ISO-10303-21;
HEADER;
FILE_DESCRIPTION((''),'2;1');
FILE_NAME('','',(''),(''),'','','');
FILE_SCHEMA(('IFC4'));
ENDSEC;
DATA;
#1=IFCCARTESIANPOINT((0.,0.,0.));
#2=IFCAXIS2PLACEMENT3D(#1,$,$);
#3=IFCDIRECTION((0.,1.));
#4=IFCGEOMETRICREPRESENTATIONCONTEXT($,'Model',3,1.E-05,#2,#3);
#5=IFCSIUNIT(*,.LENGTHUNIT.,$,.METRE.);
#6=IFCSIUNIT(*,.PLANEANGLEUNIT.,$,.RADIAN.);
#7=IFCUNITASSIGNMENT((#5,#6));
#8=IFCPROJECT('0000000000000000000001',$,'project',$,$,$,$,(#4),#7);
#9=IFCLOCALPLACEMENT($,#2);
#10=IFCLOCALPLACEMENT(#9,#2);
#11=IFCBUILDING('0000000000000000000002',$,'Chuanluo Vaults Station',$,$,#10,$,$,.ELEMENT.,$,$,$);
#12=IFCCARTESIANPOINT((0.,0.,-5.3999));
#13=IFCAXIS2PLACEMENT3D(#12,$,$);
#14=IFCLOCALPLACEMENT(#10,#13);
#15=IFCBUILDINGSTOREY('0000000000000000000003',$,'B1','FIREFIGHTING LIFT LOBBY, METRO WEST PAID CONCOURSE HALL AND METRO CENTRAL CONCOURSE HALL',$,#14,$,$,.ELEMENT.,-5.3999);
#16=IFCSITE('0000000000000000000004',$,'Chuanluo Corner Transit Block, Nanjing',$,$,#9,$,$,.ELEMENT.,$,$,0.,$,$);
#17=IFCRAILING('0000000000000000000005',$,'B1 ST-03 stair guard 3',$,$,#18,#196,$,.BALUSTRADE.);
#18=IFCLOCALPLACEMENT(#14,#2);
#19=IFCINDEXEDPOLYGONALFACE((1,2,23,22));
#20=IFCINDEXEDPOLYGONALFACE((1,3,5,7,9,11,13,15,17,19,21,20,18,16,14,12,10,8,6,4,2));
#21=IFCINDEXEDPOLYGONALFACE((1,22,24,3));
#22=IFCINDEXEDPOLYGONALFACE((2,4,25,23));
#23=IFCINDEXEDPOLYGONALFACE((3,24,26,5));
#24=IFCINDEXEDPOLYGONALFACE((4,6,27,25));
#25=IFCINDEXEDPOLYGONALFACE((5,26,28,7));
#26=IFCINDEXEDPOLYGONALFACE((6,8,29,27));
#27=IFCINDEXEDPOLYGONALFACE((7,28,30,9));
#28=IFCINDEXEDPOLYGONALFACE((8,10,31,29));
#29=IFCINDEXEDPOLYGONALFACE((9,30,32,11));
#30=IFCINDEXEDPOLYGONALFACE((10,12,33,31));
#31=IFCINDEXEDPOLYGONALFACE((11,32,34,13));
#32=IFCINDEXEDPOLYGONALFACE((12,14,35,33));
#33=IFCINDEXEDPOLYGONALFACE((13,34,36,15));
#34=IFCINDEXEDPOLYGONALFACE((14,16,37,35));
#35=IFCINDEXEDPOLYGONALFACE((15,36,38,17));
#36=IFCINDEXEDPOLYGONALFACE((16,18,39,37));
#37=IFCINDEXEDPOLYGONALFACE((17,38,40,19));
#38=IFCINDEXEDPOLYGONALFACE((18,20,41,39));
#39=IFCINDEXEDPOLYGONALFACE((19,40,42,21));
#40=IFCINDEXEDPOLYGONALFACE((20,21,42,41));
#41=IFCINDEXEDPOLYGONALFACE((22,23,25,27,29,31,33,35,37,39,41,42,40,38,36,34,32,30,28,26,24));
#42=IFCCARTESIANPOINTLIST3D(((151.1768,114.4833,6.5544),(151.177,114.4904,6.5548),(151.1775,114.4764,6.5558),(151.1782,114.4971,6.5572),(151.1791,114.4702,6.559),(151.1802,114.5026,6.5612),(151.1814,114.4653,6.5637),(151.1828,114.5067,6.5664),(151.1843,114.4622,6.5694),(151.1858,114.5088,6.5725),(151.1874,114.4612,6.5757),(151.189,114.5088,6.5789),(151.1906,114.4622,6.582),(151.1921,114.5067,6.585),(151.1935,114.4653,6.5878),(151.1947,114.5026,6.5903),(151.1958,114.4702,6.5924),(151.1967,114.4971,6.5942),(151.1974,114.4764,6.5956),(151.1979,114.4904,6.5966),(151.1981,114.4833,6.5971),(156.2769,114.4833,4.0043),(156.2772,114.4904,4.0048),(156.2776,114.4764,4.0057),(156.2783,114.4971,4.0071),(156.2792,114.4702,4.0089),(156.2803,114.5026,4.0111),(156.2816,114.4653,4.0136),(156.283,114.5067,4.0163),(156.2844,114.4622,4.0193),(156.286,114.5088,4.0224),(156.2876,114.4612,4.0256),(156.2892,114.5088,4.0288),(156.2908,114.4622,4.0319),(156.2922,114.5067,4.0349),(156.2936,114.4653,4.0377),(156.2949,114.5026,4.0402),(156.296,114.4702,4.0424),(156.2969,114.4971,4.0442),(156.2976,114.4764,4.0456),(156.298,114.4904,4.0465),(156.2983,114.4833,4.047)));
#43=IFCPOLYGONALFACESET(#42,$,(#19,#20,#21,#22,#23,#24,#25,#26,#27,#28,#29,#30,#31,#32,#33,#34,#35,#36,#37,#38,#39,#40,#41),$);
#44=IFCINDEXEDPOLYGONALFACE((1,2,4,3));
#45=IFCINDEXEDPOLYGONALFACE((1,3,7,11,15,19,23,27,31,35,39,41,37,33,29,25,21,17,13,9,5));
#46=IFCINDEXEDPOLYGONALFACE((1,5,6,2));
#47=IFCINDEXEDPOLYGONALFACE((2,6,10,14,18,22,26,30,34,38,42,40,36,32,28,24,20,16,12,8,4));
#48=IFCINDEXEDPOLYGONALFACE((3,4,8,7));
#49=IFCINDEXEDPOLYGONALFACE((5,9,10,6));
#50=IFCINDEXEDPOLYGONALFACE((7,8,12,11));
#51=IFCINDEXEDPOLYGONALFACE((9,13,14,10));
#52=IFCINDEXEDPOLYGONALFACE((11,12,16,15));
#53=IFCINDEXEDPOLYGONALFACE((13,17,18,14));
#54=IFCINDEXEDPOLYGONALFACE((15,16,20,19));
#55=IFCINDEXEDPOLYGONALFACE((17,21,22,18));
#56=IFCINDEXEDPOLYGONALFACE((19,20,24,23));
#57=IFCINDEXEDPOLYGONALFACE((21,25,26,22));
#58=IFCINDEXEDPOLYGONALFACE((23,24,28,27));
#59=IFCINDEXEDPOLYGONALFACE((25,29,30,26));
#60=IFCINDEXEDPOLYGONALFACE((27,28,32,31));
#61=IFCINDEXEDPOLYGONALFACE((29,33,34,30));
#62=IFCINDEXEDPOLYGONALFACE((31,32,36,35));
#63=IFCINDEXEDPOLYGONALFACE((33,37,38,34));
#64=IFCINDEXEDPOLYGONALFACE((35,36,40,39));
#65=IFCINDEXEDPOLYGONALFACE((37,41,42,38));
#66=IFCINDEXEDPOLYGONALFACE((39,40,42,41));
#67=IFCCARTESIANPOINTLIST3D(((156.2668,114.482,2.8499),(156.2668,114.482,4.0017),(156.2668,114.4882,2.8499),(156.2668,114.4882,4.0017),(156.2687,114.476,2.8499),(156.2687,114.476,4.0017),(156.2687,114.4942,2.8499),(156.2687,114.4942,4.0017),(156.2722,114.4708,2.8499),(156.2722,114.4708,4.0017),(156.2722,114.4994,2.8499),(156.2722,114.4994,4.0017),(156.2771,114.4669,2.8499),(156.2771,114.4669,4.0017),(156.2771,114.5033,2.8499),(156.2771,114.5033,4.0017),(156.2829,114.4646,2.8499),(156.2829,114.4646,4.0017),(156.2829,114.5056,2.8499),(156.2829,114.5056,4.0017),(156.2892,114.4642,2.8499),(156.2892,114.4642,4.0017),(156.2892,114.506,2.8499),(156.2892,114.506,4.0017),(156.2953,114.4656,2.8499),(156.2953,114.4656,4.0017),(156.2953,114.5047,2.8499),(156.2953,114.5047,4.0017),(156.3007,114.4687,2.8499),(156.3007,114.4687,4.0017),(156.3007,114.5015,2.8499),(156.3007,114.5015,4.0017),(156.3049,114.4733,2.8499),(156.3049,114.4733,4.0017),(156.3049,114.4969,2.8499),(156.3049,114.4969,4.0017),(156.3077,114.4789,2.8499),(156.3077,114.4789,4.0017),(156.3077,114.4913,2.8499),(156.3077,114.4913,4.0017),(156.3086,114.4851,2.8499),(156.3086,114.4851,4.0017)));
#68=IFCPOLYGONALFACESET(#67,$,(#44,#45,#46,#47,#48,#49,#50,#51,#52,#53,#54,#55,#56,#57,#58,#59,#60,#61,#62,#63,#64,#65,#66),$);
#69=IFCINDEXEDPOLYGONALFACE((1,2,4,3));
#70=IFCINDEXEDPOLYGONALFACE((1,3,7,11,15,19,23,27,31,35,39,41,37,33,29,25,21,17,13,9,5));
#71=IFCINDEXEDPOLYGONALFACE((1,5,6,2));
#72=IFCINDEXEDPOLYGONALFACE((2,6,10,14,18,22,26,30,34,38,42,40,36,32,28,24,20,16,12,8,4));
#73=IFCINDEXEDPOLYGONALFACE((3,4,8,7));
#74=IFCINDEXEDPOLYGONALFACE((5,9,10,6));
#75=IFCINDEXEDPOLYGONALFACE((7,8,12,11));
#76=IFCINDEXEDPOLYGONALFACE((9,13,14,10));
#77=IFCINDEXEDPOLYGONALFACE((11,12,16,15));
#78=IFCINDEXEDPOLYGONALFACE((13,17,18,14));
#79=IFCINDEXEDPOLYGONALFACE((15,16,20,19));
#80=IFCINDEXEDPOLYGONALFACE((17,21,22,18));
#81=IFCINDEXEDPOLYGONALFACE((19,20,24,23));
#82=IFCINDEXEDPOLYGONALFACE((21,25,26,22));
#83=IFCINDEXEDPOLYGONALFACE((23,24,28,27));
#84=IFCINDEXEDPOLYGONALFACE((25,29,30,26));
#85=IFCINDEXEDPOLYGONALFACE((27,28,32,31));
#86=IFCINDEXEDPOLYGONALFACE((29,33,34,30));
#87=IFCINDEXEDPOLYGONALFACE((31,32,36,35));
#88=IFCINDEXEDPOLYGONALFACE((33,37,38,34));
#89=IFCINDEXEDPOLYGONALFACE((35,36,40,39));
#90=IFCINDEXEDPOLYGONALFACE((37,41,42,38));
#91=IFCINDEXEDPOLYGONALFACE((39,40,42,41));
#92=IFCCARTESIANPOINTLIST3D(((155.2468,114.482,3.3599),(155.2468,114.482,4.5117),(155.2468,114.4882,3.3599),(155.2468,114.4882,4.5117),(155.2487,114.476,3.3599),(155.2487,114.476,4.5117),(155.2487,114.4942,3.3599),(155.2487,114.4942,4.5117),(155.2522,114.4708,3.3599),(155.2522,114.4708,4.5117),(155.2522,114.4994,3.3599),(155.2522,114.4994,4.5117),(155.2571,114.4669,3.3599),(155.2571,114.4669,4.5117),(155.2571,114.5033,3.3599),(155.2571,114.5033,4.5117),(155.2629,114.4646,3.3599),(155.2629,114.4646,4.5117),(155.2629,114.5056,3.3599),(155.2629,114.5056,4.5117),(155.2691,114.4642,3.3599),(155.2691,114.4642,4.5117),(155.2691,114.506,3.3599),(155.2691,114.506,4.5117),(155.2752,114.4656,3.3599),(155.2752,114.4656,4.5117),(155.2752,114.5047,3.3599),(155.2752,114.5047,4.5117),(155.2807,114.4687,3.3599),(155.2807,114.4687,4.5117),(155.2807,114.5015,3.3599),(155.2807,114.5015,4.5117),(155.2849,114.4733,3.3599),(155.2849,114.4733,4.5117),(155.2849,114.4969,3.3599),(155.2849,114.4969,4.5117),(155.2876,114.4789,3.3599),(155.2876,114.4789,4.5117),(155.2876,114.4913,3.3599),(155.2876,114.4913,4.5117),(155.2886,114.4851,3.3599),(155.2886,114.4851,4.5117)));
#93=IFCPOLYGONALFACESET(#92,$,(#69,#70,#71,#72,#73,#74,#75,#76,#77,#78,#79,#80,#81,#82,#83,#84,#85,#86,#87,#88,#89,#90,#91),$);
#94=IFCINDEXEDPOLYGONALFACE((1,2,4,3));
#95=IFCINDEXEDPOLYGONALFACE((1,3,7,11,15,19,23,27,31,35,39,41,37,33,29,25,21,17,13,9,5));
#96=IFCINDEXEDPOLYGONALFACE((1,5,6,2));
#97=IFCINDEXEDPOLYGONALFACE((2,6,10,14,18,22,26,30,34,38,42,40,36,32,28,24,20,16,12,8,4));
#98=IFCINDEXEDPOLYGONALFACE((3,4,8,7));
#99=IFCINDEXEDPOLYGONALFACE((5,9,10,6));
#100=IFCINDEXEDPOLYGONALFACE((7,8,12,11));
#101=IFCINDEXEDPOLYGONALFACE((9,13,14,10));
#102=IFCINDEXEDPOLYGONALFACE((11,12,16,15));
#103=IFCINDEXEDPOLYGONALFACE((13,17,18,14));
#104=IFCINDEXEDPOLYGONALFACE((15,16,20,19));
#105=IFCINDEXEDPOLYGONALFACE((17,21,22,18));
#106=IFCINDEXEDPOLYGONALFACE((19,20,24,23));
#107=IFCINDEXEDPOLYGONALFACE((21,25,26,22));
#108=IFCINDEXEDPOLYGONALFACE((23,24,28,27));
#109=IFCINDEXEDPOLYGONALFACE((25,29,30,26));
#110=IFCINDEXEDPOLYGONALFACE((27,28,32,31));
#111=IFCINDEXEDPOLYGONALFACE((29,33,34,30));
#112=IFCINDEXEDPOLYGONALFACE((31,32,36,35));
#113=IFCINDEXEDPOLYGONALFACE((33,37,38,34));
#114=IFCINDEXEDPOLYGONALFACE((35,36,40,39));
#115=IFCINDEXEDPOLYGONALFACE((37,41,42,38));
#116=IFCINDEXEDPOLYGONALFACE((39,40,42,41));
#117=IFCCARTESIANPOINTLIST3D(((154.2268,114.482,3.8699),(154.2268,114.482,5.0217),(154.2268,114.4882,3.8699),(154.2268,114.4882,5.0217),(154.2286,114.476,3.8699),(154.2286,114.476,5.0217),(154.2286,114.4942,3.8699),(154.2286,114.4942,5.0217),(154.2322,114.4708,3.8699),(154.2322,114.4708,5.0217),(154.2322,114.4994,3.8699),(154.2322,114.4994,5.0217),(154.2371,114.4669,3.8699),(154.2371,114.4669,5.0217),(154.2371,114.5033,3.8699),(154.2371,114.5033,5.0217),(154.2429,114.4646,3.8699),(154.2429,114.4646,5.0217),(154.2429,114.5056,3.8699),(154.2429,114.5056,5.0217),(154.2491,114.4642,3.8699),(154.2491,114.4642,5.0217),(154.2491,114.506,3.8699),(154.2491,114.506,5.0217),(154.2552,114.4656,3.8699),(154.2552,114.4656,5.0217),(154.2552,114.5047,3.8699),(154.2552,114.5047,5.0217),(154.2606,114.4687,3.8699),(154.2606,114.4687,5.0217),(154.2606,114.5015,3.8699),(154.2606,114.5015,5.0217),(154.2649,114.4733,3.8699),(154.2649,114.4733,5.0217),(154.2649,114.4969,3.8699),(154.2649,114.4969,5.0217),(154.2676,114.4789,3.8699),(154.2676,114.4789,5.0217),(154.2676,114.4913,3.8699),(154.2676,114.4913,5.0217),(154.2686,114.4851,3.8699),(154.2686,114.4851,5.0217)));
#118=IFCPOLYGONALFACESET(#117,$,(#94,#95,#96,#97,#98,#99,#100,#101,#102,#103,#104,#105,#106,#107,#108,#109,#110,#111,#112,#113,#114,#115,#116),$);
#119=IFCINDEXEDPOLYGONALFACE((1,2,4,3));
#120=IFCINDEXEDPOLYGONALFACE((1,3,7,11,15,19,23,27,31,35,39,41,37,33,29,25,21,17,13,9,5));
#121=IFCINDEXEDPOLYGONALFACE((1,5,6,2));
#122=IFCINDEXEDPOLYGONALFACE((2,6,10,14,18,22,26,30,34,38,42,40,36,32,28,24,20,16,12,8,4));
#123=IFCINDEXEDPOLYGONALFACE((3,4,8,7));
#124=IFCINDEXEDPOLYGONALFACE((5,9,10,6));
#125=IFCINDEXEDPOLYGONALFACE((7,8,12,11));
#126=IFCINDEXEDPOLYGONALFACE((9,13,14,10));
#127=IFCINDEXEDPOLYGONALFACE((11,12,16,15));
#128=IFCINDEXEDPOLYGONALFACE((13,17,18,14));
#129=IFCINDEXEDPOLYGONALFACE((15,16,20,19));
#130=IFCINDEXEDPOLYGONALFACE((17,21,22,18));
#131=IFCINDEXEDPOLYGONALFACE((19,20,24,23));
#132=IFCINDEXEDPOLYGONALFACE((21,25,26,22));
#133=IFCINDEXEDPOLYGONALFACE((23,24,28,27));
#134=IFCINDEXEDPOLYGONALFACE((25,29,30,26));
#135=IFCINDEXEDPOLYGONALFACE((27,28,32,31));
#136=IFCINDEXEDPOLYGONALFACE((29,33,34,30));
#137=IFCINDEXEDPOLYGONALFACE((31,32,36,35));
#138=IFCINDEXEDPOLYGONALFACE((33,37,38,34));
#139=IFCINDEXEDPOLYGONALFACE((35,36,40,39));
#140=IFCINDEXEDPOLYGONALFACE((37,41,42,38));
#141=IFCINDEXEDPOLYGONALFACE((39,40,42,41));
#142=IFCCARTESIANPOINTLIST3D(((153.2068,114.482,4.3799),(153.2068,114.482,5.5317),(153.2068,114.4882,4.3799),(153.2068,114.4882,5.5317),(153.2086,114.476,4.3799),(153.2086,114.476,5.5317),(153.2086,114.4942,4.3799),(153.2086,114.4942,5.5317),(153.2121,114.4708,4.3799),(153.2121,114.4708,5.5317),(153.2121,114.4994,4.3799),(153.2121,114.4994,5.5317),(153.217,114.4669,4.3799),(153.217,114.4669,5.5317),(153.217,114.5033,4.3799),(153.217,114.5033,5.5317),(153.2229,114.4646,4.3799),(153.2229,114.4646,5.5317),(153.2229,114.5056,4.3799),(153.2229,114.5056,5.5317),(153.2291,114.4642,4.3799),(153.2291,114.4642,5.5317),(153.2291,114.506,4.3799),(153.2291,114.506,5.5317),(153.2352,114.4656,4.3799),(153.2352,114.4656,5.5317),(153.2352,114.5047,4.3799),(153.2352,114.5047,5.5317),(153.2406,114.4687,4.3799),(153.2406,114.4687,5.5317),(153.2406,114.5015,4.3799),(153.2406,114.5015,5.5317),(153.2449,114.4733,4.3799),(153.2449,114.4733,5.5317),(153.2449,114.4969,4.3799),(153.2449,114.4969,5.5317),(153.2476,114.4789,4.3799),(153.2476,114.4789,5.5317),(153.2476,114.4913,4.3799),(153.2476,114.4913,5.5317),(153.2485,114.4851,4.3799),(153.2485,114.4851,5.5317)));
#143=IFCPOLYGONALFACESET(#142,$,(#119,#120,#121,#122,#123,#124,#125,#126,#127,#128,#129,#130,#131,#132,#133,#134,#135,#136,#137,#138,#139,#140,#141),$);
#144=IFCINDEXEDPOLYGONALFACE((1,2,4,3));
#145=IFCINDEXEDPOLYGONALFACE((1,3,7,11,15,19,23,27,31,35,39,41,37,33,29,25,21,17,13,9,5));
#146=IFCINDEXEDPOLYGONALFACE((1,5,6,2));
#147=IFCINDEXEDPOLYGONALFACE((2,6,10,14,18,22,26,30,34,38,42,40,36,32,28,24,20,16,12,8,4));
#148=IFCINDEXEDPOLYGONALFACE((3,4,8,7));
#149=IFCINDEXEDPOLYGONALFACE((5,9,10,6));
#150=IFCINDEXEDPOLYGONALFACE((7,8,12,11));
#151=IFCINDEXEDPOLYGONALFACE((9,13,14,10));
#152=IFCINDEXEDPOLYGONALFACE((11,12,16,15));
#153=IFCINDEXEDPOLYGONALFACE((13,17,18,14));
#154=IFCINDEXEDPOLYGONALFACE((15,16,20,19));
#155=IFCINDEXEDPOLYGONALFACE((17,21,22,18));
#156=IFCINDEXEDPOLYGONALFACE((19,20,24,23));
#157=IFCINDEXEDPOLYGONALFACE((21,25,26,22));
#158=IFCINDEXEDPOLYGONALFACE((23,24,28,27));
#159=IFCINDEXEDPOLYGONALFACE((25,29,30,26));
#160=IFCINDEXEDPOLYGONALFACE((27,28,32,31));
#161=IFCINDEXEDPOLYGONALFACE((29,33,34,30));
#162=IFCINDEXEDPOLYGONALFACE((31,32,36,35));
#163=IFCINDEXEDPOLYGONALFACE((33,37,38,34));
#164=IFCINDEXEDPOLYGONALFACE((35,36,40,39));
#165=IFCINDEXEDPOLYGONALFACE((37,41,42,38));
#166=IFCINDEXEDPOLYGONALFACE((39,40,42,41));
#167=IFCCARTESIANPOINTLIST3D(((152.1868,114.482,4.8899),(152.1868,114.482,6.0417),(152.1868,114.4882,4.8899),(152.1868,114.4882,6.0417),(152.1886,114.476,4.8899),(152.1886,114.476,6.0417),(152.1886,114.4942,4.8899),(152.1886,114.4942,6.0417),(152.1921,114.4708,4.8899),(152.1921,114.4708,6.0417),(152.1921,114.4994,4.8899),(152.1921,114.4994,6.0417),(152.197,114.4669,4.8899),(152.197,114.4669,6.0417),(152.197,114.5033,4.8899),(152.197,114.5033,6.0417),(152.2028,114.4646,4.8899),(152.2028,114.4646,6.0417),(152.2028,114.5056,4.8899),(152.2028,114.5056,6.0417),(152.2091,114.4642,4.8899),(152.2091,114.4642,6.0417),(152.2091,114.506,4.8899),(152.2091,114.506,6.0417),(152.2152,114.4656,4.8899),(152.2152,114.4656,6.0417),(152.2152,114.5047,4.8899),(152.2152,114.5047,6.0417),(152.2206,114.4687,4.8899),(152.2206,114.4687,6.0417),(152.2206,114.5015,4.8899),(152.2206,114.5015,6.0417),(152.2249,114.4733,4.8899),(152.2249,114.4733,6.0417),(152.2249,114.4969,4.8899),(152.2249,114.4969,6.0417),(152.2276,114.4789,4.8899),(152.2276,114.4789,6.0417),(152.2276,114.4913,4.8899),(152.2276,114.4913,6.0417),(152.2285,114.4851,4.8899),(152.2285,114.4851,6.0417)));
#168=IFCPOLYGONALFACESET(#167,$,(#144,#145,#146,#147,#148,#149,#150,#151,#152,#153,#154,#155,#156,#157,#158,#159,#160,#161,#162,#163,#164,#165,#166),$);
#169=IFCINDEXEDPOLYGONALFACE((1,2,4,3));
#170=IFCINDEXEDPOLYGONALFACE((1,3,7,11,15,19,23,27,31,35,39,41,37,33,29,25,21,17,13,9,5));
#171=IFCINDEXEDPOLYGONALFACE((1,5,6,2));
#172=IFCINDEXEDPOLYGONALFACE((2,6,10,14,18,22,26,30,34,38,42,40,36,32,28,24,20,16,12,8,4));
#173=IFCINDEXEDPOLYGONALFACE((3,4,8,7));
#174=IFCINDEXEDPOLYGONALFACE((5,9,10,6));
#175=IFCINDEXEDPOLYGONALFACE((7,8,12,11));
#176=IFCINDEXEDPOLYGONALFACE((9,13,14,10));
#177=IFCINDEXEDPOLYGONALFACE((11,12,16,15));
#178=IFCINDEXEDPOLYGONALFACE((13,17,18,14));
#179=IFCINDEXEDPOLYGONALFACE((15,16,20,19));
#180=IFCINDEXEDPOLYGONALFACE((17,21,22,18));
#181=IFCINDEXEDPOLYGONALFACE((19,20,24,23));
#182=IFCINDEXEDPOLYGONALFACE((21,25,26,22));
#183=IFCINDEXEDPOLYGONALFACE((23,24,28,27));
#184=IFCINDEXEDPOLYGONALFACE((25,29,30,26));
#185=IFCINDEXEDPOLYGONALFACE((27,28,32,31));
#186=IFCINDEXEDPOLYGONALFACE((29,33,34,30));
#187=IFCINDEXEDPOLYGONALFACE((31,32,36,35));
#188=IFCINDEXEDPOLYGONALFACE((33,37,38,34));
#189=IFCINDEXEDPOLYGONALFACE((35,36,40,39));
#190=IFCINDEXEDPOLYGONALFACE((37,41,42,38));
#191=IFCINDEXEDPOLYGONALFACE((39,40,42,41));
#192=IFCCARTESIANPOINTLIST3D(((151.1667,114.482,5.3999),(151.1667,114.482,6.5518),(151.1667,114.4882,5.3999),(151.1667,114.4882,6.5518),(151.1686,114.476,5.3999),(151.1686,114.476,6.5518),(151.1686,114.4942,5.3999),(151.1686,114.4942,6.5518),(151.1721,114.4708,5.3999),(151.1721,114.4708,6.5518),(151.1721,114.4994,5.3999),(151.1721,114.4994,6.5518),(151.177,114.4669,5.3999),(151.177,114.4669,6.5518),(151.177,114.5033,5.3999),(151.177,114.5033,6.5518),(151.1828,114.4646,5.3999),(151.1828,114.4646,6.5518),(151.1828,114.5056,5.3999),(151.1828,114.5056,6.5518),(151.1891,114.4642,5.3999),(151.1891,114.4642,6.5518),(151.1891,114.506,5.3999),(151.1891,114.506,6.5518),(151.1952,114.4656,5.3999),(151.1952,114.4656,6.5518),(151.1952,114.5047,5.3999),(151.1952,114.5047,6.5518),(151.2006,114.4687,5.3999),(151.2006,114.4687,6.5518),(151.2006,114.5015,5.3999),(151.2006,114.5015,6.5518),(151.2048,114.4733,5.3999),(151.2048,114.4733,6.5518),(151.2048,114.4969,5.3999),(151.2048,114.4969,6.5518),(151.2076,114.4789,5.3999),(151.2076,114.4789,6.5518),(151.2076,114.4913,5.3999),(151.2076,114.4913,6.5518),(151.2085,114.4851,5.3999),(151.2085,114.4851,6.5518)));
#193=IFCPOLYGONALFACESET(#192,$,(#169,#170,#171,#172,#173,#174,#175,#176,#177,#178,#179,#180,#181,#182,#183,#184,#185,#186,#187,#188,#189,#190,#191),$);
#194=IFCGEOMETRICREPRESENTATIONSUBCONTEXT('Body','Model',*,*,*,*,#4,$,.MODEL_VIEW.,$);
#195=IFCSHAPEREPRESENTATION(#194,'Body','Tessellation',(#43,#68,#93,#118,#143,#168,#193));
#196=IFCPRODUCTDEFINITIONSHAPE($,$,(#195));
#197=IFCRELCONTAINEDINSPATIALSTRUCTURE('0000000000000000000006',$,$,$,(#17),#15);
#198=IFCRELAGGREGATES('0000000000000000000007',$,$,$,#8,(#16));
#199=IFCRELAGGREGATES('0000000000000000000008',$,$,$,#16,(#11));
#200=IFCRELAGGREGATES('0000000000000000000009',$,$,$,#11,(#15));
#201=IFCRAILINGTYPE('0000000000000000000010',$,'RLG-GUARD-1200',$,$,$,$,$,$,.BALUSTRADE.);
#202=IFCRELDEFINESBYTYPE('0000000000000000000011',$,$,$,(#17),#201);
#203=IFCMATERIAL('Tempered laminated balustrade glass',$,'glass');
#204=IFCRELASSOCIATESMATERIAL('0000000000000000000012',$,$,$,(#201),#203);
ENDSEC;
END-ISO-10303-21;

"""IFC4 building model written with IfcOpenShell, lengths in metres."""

from ifc_helpers import new_model, si_unit, direction, frame, origin, origin_2d, place, context, subcontext, project, spatial, circle, extrude, material, type_object, element, save


model = new_model("IFC4")

# Units and contexts
model_context = context("Model", 3, precision=1e-05, world=origin(), true_north=direction((0.0, 1.0)))
body_context = subcontext(model_context, "Body", "Model", "MODEL_VIEW")
ifc_project = project(units=[si_unit("LENGTHUNIT", "METRE"), si_unit("PLANEANGLEUNIT", "RADIAN")], contexts=[model_context])

# Site, building, storey
site_placement = place(None, origin())
site = spatial("IfcSite", under=ifc_project, at=site_placement, Name="Chuanluo Corner Transit Block, Nanjing", CompositionType="ELEMENT", RefElevation=0.0)
building_placement = place(site_placement, origin())
building = spatial("IfcBuilding", under=site, at=building_placement, Name="Chuanluo Vaults Station", CompositionType="ELEMENT")
storey_placement = place(building_placement, frame((0.0, 0.0, -5.3999)))
storey = spatial("IfcBuildingStorey", under=building, at=storey_placement, Name="B1", Description="FIREFIGHTING LIFT LOBBY, METRO WEST PAID CONCOURSE HALL AND METRO CENTRAL CONCOURSE HALL", CompositionType="ELEMENT", Elevation=-5.3999)

# Railing
ifc_material_1 = material(Name="Tempered laminated balustrade glass", Category="glass")
railing_type_1 = type_object("IfcRailingType", Name="RLG-GUARD-1200", PredefinedType="BALUSTRADE", material=ifc_material_1)
railing_1_placement = place(storey_placement, frame((156.2876, 114.4851, 2.8499)))
element("IfcRailing", 1, at=railing_1_placement, inside=storey, type_object=railing_type_1, Name="B1 ST-03 stair guard 3", PredefinedType="BALUSTRADE", context=body_context, shape_type="SweptSolid", body=[
    extrude(circle(Radius=0.0239, at=origin_2d()), frame((0.0, 0.0, 1.1758), z_axis=(-0.894427, 0.0, 0.447214), x_axis=(0.0, -1.0, 0.0)), (0.0, 0.0, 1.0), 5.7021),
    extrude(circle(Radius=0.021, at=origin_2d()), origin(), (0.0, 0.0, 1.0), 1.1519),
    extrude(circle(Radius=0.021, at=origin_2d()), frame((-1.02, 0.0, 0.51)), (0.0, 0.0, 1.0), 1.1519),
    extrude(circle(Radius=0.021, at=origin_2d()), frame((-2.04, 0.0, 1.02)), (0.0, 0.0, 1.0), 1.1519),
    extrude(circle(Radius=0.021, at=origin_2d()), frame((-3.0601, 0.0, 1.53)), (0.0, 0.0, 1.0), 1.1519),
    extrude(circle(Radius=0.021, at=origin_2d()), frame((-4.0801, 0.0, 2.04)), (0.0, 0.0, 1.0), 1.1519),
    extrude(circle(Radius=0.021, at=origin_2d()), frame((-5.1001, 0.0, 2.55)), (0.0, 0.0, 1.0), 1.1519),
])

save(model, "model.ifc")
